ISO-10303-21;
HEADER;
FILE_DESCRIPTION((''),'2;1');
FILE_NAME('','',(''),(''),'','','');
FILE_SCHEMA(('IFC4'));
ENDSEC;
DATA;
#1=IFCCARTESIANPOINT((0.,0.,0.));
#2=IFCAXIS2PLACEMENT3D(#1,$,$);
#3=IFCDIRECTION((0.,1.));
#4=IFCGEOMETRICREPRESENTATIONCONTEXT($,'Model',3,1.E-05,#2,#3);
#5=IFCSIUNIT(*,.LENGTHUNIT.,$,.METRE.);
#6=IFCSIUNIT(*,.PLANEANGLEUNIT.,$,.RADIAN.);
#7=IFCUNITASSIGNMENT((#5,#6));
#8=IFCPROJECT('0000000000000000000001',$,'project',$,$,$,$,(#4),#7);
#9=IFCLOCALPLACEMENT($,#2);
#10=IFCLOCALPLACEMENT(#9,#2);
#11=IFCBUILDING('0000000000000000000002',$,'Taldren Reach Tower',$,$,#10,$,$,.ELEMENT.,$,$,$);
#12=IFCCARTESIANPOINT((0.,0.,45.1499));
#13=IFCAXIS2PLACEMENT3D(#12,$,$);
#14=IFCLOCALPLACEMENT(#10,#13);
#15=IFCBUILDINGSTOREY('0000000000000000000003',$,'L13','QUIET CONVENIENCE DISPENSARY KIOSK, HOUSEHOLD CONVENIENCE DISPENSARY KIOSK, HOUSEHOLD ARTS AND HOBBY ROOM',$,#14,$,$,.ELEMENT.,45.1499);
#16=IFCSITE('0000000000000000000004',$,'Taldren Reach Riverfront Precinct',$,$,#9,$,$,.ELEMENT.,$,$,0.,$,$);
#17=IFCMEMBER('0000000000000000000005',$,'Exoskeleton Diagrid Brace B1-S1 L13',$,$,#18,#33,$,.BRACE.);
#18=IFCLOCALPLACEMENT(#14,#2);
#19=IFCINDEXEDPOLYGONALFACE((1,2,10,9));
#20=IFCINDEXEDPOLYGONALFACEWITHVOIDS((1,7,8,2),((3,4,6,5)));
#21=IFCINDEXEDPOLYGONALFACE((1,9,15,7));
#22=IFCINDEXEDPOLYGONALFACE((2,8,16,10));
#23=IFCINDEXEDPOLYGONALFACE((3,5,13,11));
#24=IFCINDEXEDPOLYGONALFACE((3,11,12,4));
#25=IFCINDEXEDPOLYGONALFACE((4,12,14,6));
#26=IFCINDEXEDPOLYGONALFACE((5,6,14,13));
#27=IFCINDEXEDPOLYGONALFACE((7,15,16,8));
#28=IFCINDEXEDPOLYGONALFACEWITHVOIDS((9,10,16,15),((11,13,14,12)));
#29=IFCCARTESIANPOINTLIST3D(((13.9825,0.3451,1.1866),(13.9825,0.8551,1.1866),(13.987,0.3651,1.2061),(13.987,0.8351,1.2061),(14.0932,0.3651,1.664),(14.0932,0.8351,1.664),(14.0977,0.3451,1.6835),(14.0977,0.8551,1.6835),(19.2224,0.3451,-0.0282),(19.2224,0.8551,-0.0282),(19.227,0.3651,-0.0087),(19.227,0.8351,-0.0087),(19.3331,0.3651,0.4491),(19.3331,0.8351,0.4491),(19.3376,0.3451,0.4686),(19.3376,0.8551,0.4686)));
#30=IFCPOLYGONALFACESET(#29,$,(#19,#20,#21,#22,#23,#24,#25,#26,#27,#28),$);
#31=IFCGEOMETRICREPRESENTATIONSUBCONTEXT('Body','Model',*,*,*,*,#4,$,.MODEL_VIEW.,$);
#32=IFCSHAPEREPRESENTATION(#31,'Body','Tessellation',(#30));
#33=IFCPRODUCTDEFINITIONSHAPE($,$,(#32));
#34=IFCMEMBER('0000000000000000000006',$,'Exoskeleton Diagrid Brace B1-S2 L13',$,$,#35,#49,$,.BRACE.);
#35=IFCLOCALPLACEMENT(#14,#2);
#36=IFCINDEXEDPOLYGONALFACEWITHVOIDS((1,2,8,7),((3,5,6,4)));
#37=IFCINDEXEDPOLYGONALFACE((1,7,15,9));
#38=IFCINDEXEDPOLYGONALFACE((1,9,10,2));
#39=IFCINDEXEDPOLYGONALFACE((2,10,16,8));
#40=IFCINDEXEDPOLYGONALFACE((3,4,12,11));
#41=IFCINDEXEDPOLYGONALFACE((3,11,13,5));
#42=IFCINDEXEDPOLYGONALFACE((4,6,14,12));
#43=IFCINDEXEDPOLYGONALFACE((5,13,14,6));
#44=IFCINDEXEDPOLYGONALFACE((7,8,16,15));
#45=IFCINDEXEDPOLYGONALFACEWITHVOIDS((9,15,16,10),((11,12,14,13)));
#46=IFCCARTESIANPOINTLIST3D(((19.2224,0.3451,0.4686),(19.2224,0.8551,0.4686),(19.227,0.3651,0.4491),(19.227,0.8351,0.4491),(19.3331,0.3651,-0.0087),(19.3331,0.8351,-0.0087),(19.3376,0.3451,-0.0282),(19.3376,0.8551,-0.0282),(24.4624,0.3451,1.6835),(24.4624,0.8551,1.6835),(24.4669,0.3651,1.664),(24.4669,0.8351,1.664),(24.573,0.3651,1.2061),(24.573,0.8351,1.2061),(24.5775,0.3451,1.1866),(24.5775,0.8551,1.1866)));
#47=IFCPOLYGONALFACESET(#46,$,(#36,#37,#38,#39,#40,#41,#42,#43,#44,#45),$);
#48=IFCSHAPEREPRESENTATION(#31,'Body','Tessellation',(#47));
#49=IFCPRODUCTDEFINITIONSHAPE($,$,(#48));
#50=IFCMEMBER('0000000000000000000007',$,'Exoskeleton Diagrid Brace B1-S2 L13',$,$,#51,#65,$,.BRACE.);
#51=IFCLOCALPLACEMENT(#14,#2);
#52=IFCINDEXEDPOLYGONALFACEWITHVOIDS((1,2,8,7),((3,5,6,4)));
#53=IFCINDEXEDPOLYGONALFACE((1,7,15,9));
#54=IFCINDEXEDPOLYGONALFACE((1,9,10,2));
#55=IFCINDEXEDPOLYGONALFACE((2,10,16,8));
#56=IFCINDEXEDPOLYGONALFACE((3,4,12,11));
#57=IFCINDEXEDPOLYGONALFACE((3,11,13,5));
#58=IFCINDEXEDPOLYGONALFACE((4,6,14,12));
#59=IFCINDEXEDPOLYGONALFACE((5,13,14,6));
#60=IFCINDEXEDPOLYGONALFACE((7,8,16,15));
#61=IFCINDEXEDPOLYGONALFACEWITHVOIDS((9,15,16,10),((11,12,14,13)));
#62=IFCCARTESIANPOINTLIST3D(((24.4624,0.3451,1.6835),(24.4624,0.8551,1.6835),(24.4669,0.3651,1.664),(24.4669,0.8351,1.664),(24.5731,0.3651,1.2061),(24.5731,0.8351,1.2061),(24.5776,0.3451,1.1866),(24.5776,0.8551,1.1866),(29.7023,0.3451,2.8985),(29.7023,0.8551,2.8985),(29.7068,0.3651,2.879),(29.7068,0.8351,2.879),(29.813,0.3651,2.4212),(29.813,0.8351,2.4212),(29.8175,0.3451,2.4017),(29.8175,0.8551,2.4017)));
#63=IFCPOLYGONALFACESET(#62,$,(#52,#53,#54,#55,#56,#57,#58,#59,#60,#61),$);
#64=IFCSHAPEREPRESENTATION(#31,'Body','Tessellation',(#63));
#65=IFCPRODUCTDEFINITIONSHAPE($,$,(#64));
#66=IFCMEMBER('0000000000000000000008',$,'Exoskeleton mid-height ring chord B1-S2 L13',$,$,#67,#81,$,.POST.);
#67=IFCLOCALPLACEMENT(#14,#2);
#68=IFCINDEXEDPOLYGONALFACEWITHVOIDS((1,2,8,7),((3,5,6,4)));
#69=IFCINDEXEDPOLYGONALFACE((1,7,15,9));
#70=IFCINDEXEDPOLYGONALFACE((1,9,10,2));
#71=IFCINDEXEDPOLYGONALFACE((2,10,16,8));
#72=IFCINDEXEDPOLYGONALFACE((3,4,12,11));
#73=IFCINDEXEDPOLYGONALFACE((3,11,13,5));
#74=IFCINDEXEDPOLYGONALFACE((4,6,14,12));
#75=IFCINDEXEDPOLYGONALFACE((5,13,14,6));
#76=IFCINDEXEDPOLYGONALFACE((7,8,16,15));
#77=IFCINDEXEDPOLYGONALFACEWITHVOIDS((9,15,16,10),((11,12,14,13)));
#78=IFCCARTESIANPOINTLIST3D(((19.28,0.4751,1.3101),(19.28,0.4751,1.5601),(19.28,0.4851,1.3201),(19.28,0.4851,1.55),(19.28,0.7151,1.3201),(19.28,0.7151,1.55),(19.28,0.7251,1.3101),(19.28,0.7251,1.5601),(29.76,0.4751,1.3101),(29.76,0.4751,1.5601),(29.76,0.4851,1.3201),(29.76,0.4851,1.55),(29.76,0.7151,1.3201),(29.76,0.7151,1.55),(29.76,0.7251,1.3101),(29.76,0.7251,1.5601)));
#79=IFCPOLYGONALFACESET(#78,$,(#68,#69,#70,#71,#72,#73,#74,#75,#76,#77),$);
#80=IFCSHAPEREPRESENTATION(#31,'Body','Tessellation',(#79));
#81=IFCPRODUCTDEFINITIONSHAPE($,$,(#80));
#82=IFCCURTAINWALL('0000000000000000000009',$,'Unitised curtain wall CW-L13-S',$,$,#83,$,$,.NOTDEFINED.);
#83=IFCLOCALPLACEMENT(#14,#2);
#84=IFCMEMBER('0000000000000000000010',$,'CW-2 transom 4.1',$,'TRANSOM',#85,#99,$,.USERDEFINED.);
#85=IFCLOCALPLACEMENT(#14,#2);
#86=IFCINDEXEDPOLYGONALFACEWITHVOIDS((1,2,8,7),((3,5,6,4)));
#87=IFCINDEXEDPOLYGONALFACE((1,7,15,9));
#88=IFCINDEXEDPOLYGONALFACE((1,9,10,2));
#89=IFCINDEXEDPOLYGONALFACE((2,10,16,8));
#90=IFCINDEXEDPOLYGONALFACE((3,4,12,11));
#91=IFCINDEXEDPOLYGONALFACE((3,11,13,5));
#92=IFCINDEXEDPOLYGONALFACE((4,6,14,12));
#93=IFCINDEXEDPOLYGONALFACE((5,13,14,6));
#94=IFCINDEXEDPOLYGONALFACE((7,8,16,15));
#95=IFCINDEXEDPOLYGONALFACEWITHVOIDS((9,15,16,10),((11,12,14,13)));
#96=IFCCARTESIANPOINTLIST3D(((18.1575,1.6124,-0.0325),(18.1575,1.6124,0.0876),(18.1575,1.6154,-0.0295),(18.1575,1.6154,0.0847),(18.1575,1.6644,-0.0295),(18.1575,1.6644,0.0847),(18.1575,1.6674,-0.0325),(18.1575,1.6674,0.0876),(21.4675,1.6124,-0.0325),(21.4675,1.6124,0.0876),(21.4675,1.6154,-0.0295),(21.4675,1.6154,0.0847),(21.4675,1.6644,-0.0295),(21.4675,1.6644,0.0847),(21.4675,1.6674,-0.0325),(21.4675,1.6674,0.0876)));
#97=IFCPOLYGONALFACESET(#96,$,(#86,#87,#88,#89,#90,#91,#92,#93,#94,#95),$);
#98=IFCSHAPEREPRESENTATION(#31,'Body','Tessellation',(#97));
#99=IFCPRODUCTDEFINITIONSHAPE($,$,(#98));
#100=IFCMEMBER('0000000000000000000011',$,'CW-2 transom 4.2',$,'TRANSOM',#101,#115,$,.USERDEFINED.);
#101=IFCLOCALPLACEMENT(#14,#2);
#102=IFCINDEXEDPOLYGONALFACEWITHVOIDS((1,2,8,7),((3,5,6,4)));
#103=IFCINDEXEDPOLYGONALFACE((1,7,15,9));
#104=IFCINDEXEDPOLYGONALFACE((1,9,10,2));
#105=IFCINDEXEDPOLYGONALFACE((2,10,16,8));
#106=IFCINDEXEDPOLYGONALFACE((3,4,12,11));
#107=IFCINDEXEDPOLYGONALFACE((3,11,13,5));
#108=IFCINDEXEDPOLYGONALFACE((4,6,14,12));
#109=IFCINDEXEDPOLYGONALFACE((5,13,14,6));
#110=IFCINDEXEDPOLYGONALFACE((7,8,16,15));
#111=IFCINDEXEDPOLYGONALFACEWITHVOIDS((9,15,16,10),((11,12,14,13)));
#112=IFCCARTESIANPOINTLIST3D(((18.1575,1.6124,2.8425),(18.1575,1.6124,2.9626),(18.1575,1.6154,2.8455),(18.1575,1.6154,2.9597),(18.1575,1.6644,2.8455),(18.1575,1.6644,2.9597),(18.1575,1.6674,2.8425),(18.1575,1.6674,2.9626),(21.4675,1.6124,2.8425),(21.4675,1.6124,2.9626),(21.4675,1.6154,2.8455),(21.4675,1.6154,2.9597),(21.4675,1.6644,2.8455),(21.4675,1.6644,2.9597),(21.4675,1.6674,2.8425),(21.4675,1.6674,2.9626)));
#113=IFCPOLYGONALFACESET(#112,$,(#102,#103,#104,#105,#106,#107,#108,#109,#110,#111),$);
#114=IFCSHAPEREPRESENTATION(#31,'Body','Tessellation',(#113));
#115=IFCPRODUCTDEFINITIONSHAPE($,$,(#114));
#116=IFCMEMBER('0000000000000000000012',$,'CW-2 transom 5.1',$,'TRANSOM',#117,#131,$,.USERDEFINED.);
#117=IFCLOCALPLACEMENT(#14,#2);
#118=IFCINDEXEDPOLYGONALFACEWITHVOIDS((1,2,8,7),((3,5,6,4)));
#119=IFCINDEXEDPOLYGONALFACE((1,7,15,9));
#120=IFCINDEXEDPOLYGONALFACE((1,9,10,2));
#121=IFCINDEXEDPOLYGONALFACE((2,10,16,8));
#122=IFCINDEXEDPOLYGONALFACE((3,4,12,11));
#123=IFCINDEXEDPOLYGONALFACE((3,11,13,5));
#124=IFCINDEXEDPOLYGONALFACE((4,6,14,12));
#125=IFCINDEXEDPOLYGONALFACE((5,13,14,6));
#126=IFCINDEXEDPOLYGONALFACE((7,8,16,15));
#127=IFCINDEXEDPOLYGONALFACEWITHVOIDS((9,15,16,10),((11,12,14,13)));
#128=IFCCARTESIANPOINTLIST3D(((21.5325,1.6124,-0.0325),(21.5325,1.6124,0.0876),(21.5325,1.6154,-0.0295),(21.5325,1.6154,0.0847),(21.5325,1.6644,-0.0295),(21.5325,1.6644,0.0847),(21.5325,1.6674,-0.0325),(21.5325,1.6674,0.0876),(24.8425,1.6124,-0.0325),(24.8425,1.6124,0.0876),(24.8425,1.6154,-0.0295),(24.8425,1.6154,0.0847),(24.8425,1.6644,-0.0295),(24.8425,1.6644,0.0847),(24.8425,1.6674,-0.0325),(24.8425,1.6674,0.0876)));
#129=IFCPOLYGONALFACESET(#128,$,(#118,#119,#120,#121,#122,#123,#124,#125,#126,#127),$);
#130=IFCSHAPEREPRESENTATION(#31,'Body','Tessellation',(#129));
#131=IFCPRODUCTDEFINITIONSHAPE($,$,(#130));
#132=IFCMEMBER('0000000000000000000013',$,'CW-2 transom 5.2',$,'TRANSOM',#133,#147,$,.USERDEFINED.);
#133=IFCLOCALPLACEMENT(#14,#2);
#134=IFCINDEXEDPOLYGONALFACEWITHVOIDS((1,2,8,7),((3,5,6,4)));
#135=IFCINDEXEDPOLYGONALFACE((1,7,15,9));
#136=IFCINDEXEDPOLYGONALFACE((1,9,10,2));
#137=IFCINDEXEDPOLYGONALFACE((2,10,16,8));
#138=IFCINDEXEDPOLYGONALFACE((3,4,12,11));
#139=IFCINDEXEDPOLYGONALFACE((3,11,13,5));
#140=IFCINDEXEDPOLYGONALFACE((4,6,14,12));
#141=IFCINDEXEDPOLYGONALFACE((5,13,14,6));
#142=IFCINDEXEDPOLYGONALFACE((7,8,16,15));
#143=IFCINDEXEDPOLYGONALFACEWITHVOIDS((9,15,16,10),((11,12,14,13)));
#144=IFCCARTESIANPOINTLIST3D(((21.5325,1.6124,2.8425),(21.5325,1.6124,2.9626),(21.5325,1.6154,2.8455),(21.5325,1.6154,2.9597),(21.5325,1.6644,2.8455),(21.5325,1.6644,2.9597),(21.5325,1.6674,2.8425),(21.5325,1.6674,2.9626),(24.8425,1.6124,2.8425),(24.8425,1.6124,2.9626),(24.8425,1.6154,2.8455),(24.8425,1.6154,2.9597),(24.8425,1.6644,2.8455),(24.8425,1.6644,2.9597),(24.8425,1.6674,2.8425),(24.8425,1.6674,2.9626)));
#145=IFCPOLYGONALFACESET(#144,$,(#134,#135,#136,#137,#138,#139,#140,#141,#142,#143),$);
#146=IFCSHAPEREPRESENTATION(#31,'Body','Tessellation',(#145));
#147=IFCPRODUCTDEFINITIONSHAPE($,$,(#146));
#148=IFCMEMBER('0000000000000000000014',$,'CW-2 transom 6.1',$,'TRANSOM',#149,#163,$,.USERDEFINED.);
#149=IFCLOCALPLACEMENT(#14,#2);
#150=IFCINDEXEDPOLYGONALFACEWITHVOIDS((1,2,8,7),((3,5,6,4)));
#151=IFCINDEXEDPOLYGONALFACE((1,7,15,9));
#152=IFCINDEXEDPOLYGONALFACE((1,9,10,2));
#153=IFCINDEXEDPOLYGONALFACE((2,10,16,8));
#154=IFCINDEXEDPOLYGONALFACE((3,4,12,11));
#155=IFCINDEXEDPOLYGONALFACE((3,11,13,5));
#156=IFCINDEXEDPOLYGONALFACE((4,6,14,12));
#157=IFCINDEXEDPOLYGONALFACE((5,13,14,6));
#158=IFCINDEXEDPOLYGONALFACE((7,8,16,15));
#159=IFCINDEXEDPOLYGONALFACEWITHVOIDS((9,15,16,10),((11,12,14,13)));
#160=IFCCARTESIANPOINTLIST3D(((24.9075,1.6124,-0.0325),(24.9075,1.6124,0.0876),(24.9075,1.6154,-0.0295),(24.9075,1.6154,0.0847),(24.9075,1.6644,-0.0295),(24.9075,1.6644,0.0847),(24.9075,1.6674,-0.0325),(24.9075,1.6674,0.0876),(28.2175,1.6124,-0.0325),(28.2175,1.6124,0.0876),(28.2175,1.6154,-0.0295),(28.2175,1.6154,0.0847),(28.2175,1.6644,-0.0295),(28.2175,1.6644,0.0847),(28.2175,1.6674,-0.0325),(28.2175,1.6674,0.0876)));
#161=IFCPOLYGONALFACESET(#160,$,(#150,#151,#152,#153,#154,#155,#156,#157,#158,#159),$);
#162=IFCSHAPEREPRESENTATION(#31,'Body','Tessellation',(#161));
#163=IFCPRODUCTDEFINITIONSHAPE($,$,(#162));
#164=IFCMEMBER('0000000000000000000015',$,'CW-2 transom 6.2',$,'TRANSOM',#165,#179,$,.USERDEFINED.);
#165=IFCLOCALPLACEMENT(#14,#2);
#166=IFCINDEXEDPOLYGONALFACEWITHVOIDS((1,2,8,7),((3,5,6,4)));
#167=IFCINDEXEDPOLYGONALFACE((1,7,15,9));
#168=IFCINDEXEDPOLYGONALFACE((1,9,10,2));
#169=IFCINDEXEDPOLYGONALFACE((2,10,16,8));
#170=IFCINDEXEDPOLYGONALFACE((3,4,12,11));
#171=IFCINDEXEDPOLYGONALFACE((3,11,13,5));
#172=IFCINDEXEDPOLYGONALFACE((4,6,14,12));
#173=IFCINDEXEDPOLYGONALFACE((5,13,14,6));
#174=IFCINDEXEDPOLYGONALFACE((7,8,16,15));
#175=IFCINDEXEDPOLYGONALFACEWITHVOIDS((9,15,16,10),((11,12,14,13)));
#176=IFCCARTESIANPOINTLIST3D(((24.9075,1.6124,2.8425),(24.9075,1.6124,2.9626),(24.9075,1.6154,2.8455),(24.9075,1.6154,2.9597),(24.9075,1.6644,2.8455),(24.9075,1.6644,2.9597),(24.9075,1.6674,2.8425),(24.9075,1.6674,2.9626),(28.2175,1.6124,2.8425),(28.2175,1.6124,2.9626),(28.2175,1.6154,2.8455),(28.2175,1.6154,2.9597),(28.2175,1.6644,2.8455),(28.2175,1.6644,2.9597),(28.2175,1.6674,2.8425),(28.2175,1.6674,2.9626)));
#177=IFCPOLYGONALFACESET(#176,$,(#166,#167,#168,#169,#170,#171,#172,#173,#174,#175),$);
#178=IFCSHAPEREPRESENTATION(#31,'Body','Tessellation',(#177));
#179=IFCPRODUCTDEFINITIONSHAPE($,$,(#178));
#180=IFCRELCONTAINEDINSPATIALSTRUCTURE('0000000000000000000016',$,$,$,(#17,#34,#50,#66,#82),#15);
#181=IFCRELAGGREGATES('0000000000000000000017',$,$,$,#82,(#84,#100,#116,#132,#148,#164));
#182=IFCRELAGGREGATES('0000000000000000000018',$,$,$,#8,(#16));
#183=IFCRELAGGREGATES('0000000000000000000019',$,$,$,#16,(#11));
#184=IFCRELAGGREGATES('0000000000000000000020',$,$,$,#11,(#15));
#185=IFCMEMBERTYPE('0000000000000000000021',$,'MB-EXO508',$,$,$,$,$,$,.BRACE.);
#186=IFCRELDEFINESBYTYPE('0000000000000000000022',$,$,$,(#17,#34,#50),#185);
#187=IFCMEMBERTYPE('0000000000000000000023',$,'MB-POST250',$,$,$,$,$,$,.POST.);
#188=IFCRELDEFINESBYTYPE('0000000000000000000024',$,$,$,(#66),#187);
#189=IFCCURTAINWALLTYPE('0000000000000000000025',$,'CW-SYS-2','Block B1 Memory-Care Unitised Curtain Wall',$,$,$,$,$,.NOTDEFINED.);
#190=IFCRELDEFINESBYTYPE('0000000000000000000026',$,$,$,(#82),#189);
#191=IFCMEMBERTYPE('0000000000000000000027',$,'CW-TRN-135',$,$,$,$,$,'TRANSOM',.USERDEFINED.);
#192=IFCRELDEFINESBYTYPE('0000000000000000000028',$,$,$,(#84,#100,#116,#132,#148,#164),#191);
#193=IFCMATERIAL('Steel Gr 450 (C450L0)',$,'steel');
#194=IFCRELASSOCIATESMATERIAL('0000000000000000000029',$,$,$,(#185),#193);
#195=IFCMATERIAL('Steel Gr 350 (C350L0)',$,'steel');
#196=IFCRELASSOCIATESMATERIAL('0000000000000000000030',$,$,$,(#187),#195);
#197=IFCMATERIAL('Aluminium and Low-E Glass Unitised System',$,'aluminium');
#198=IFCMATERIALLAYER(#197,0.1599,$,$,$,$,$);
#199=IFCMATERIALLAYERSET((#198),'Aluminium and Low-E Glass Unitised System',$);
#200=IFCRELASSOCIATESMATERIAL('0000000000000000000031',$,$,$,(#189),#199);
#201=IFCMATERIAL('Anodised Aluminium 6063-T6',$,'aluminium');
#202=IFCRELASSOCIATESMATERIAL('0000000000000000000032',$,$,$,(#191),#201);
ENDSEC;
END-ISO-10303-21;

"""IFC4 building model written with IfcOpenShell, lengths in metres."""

from ifc_helpers import new_model, si_unit, direction, frame, origin, origin_2d, place, context, subcontext, project, spatial, hollow_rectangle, extrude, source, transform, mapped, material, layer, layer_set, material_profile, profile_set, type_object, element, aggregate, save


model = new_model("IFC4")

# Units and contexts
model_context = context("Model", 3, precision=1e-05, world=origin(), true_north=direction((0.0, 1.0)))
body_context = subcontext(model_context, "Body", "Model", "MODEL_VIEW")
ifc_project = project(units=[si_unit("LENGTHUNIT", "METRE"), si_unit("PLANEANGLEUNIT", "RADIAN")], contexts=[model_context])

# Site, building, storey
site_placement = place(None, origin())
site = spatial("IfcSite", under=ifc_project, at=site_placement, Name="Taldren Reach Riverfront Precinct", CompositionType="ELEMENT", RefElevation=0.0)
building_placement = place(site_placement, origin())
building = spatial("IfcBuilding", under=site, at=building_placement, Name="Taldren Reach Tower", CompositionType="ELEMENT")
storey_placement = place(building_placement, frame((0.0, 0.0, 45.1499)))
storey = spatial("IfcBuildingStorey", under=building, at=storey_placement, Name="L13", Description="QUIET CONVENIENCE DISPENSARY KIOSK, HOUSEHOLD CONVENIENCE DISPENSARY KIOSK, HOUSEHOLD ARTS AND HOBBY ROOM", CompositionType="ELEMENT", Elevation=45.1499)

# Members
ifc_material_1 = material(Name="Steel Gr 450 (C450L0)", Category="steel")
ifc_material_profile_1 = material_profile(ifc_material_1, hollow_rectangle(XDim=0.51, YDim=0.51, WallThickness=0.02, at=origin_2d()), Name="510x510x20.0SHS")
ifc_profile_set_1 = profile_set([ifc_material_profile_1], Name="Steel Gr 450 (C450L0)")
member_type_1 = type_object("IfcMemberType", Name="MB-EXO508", PredefinedType="BRACE", material=ifc_profile_set_1)
shared_shape_1 = source(origin(), body_context, "Body", "SweptSolid", [
    extrude(hollow_rectangle(XDim=0.51, YDim=0.51, WallThickness=0.02, at=origin_2d()), origin(), (0.0, 0.0, 1.0), 5.3789),
])
for number, where, z_axis, x_axis, name in (
    (1, (19.28, 0.6001, 0.2202), (-0.974162, 0.0, 0.225851), (0.0, -1.0, 0.0), "Exoskeleton Diagrid Brace B1-S1 L13"),
    (2, (19.28, 0.6001, 0.2202), (0.974162, 0.0, 0.225851), (0.0, 1.0, 0.0), "Exoskeleton Diagrid Brace B1-S2 L13"),
    (3, (24.52, 0.6001, 1.4351), (0.974152, 0.0, 0.225894), (0.0, 1.0, 0.0), "Exoskeleton Diagrid Brace B1-S2 L13"),
):
    element("IfcMember", number, at=place(storey_placement, frame(where, z_axis=z_axis, x_axis=x_axis)), inside=storey, type_object=member_type_1, Name=name, PredefinedType="BRACE", context=body_context, shape_type="MappedRepresentation", body=[
        mapped(shared_shape_1, transform((0.0, 0.0, 0.0), scale=1.0)),
    ])
ifc_material_2 = material(Name="Steel Gr 350 (C350L0)", Category="steel")
ifc_material_profile_2 = material_profile(ifc_material_2, hollow_rectangle(XDim=0.25, YDim=0.25, WallThickness=0.01, at=origin_2d()), Name="250x250x10.0SHS")
ifc_profile_set_2 = profile_set([ifc_material_profile_2], Name="Steel Gr 350 (C350L0)")
member_type_2 = type_object("IfcMemberType", Name="MB-POST250", PredefinedType="POST", material=ifc_profile_set_2)
shared_shape_2 = source(origin(), body_context, "Body", "SweptSolid", [
    extrude(hollow_rectangle(XDim=0.25, YDim=0.25, WallThickness=0.01, at=origin_2d()), origin(), (0.0, 0.0, 1.0), 10.48),
])
member_1_placement = place(storey_placement, frame((19.28, 0.6001, 1.4351), z_axis=(1.0, 0.0, 0.0), x_axis=(0.0, 1.0, 0.0)))
element("IfcMember", 4, at=member_1_placement, inside=storey, type_object=member_type_2, Name="Exoskeleton mid-height ring chord B1-S2 L13", PredefinedType="POST", context=body_context, shape_type="MappedRepresentation", body=[
    mapped(shared_shape_2, transform((0.0, 0.0, 0.0), scale=1.0)),
])

# Curtain wall, members
ifc_material_3 = material(Name="Aluminium and Low-E Glass Unitised System", Category="aluminium")
ifc_layer_1 = layer(ifc_material_3, 0.1599)
ifc_layer_set_1 = layer_set([ifc_layer_1], Name="Aluminium and Low-E Glass Unitised System")
curtain_wall_type = type_object("IfcCurtainWallType", Name="CW-SYS-2", Description="Block B1 Memory-Care Unitised Curtain Wall", PredefinedType="NOTDEFINED", material=ifc_layer_set_1)
curtain_wall_placement = place(storey_placement, origin())
curtain_wall = element("IfcCurtainWall", 5, at=curtain_wall_placement, inside=storey, type_object=curtain_wall_type, Name="Unitised curtain wall CW-L13-S", PredefinedType="NOTDEFINED")
ifc_material_4 = material(Name="Anodised Aluminium 6063-T6", Category="aluminium")
ifc_material_profile_3 = material_profile(ifc_material_4, hollow_rectangle(XDim=0.0549, YDim=0.1201, WallThickness=0.0029, at=origin_2d()), Name="ALU-120x55x3RHS")
ifc_profile_set_3 = profile_set([ifc_material_profile_3], Name="Anodised Aluminium 6063-T6")
member_type_3 = type_object("IfcMemberType", Name="CW-TRN-135", ElementType="TRANSOM", PredefinedType="USERDEFINED", material=ifc_profile_set_3)
shared_shape_3 = source(origin(), body_context, "Body", "SweptSolid", [
    extrude(hollow_rectangle(XDim=0.0549, YDim=0.1201, WallThickness=0.0029, at=origin_2d()), origin(), (0.0, 0.0, 1.0), 3.3101),
])
member_2_placement = place(storey_placement, frame((18.1575, 1.6399, 0.0276), z_axis=(1.0, 0.0, 0.0), x_axis=(0.0, 1.0, 0.0)))
member_2 = element("IfcMember", 6, at=member_2_placement, type_object=member_type_3, Name="CW-2 transom 4.1", ObjectType="TRANSOM", PredefinedType="USERDEFINED", context=body_context, shape_type="MappedRepresentation", body=[
    mapped(shared_shape_3, transform((0.0, 0.0, 0.0), scale=1.0)),
])
member_3_placement = place(storey_placement, frame((18.1575, 1.6399, 2.9026), z_axis=(1.0, 0.0, 0.0), x_axis=(0.0, 1.0, 0.0)))
member_3 = element("IfcMember", 7, at=member_3_placement, type_object=member_type_3, Name="CW-2 transom 4.2", ObjectType="TRANSOM", PredefinedType="USERDEFINED", context=body_context, shape_type="MappedRepresentation", body=[
    mapped(shared_shape_3, transform((0.0, 0.0, 0.0), scale=1.0)),
])
member_4_placement = place(storey_placement, frame((21.5325, 1.6399, 0.0276), z_axis=(1.0, 0.0, 0.0), x_axis=(0.0, 1.0, 0.0)))
member_4 = element("IfcMember", 8, at=member_4_placement, type_object=member_type_3, Name="CW-2 transom 5.1", ObjectType="TRANSOM", PredefinedType="USERDEFINED", context=body_context, shape_type="MappedRepresentation", body=[
    mapped(shared_shape_3, transform((0.0, 0.0, 0.0), scale=1.0)),
])
member_5_placement = place(storey_placement, frame((21.5325, 1.6399, 2.9026), z_axis=(1.0, 0.0, 0.0), x_axis=(0.0, 1.0, 0.0)))
member_5 = element("IfcMember", 9, at=member_5_placement, type_object=member_type_3, Name="CW-2 transom 5.2", ObjectType="TRANSOM", PredefinedType="USERDEFINED", context=body_context, shape_type="MappedRepresentation", body=[
    mapped(shared_shape_3, transform((0.0, 0.0, 0.0), scale=1.0)),
])
member_6_placement = place(storey_placement, frame((24.9075, 1.6399, 0.0276), z_axis=(1.0, 0.0, 0.0), x_axis=(0.0, 1.0, 0.0)))
member_6 = element("IfcMember", 10, at=member_6_placement, type_object=member_type_3, Name="CW-2 transom 6.1", ObjectType="TRANSOM", PredefinedType="USERDEFINED", context=body_context, shape_type="MappedRepresentation", body=[
    mapped(shared_shape_3, transform((0.0, 0.0, 0.0), scale=1.0)),
])
member_7_placement = place(storey_placement, frame((24.9075, 1.6399, 2.9026), z_axis=(1.0, 0.0, 0.0), x_axis=(0.0, 1.0, 0.0)))
member_7 = element("IfcMember", 11, at=member_7_placement, type_object=member_type_3, Name="CW-2 transom 6.2", ObjectType="TRANSOM", PredefinedType="USERDEFINED", context=body_context, shape_type="MappedRepresentation", body=[
    mapped(shared_shape_3, transform((0.0, 0.0, 0.0), scale=1.0)),
])

aggregate(curtain_wall, [member_2, member_3, member_4, member_5, member_6, member_7])

save(model, "model.ifc")
